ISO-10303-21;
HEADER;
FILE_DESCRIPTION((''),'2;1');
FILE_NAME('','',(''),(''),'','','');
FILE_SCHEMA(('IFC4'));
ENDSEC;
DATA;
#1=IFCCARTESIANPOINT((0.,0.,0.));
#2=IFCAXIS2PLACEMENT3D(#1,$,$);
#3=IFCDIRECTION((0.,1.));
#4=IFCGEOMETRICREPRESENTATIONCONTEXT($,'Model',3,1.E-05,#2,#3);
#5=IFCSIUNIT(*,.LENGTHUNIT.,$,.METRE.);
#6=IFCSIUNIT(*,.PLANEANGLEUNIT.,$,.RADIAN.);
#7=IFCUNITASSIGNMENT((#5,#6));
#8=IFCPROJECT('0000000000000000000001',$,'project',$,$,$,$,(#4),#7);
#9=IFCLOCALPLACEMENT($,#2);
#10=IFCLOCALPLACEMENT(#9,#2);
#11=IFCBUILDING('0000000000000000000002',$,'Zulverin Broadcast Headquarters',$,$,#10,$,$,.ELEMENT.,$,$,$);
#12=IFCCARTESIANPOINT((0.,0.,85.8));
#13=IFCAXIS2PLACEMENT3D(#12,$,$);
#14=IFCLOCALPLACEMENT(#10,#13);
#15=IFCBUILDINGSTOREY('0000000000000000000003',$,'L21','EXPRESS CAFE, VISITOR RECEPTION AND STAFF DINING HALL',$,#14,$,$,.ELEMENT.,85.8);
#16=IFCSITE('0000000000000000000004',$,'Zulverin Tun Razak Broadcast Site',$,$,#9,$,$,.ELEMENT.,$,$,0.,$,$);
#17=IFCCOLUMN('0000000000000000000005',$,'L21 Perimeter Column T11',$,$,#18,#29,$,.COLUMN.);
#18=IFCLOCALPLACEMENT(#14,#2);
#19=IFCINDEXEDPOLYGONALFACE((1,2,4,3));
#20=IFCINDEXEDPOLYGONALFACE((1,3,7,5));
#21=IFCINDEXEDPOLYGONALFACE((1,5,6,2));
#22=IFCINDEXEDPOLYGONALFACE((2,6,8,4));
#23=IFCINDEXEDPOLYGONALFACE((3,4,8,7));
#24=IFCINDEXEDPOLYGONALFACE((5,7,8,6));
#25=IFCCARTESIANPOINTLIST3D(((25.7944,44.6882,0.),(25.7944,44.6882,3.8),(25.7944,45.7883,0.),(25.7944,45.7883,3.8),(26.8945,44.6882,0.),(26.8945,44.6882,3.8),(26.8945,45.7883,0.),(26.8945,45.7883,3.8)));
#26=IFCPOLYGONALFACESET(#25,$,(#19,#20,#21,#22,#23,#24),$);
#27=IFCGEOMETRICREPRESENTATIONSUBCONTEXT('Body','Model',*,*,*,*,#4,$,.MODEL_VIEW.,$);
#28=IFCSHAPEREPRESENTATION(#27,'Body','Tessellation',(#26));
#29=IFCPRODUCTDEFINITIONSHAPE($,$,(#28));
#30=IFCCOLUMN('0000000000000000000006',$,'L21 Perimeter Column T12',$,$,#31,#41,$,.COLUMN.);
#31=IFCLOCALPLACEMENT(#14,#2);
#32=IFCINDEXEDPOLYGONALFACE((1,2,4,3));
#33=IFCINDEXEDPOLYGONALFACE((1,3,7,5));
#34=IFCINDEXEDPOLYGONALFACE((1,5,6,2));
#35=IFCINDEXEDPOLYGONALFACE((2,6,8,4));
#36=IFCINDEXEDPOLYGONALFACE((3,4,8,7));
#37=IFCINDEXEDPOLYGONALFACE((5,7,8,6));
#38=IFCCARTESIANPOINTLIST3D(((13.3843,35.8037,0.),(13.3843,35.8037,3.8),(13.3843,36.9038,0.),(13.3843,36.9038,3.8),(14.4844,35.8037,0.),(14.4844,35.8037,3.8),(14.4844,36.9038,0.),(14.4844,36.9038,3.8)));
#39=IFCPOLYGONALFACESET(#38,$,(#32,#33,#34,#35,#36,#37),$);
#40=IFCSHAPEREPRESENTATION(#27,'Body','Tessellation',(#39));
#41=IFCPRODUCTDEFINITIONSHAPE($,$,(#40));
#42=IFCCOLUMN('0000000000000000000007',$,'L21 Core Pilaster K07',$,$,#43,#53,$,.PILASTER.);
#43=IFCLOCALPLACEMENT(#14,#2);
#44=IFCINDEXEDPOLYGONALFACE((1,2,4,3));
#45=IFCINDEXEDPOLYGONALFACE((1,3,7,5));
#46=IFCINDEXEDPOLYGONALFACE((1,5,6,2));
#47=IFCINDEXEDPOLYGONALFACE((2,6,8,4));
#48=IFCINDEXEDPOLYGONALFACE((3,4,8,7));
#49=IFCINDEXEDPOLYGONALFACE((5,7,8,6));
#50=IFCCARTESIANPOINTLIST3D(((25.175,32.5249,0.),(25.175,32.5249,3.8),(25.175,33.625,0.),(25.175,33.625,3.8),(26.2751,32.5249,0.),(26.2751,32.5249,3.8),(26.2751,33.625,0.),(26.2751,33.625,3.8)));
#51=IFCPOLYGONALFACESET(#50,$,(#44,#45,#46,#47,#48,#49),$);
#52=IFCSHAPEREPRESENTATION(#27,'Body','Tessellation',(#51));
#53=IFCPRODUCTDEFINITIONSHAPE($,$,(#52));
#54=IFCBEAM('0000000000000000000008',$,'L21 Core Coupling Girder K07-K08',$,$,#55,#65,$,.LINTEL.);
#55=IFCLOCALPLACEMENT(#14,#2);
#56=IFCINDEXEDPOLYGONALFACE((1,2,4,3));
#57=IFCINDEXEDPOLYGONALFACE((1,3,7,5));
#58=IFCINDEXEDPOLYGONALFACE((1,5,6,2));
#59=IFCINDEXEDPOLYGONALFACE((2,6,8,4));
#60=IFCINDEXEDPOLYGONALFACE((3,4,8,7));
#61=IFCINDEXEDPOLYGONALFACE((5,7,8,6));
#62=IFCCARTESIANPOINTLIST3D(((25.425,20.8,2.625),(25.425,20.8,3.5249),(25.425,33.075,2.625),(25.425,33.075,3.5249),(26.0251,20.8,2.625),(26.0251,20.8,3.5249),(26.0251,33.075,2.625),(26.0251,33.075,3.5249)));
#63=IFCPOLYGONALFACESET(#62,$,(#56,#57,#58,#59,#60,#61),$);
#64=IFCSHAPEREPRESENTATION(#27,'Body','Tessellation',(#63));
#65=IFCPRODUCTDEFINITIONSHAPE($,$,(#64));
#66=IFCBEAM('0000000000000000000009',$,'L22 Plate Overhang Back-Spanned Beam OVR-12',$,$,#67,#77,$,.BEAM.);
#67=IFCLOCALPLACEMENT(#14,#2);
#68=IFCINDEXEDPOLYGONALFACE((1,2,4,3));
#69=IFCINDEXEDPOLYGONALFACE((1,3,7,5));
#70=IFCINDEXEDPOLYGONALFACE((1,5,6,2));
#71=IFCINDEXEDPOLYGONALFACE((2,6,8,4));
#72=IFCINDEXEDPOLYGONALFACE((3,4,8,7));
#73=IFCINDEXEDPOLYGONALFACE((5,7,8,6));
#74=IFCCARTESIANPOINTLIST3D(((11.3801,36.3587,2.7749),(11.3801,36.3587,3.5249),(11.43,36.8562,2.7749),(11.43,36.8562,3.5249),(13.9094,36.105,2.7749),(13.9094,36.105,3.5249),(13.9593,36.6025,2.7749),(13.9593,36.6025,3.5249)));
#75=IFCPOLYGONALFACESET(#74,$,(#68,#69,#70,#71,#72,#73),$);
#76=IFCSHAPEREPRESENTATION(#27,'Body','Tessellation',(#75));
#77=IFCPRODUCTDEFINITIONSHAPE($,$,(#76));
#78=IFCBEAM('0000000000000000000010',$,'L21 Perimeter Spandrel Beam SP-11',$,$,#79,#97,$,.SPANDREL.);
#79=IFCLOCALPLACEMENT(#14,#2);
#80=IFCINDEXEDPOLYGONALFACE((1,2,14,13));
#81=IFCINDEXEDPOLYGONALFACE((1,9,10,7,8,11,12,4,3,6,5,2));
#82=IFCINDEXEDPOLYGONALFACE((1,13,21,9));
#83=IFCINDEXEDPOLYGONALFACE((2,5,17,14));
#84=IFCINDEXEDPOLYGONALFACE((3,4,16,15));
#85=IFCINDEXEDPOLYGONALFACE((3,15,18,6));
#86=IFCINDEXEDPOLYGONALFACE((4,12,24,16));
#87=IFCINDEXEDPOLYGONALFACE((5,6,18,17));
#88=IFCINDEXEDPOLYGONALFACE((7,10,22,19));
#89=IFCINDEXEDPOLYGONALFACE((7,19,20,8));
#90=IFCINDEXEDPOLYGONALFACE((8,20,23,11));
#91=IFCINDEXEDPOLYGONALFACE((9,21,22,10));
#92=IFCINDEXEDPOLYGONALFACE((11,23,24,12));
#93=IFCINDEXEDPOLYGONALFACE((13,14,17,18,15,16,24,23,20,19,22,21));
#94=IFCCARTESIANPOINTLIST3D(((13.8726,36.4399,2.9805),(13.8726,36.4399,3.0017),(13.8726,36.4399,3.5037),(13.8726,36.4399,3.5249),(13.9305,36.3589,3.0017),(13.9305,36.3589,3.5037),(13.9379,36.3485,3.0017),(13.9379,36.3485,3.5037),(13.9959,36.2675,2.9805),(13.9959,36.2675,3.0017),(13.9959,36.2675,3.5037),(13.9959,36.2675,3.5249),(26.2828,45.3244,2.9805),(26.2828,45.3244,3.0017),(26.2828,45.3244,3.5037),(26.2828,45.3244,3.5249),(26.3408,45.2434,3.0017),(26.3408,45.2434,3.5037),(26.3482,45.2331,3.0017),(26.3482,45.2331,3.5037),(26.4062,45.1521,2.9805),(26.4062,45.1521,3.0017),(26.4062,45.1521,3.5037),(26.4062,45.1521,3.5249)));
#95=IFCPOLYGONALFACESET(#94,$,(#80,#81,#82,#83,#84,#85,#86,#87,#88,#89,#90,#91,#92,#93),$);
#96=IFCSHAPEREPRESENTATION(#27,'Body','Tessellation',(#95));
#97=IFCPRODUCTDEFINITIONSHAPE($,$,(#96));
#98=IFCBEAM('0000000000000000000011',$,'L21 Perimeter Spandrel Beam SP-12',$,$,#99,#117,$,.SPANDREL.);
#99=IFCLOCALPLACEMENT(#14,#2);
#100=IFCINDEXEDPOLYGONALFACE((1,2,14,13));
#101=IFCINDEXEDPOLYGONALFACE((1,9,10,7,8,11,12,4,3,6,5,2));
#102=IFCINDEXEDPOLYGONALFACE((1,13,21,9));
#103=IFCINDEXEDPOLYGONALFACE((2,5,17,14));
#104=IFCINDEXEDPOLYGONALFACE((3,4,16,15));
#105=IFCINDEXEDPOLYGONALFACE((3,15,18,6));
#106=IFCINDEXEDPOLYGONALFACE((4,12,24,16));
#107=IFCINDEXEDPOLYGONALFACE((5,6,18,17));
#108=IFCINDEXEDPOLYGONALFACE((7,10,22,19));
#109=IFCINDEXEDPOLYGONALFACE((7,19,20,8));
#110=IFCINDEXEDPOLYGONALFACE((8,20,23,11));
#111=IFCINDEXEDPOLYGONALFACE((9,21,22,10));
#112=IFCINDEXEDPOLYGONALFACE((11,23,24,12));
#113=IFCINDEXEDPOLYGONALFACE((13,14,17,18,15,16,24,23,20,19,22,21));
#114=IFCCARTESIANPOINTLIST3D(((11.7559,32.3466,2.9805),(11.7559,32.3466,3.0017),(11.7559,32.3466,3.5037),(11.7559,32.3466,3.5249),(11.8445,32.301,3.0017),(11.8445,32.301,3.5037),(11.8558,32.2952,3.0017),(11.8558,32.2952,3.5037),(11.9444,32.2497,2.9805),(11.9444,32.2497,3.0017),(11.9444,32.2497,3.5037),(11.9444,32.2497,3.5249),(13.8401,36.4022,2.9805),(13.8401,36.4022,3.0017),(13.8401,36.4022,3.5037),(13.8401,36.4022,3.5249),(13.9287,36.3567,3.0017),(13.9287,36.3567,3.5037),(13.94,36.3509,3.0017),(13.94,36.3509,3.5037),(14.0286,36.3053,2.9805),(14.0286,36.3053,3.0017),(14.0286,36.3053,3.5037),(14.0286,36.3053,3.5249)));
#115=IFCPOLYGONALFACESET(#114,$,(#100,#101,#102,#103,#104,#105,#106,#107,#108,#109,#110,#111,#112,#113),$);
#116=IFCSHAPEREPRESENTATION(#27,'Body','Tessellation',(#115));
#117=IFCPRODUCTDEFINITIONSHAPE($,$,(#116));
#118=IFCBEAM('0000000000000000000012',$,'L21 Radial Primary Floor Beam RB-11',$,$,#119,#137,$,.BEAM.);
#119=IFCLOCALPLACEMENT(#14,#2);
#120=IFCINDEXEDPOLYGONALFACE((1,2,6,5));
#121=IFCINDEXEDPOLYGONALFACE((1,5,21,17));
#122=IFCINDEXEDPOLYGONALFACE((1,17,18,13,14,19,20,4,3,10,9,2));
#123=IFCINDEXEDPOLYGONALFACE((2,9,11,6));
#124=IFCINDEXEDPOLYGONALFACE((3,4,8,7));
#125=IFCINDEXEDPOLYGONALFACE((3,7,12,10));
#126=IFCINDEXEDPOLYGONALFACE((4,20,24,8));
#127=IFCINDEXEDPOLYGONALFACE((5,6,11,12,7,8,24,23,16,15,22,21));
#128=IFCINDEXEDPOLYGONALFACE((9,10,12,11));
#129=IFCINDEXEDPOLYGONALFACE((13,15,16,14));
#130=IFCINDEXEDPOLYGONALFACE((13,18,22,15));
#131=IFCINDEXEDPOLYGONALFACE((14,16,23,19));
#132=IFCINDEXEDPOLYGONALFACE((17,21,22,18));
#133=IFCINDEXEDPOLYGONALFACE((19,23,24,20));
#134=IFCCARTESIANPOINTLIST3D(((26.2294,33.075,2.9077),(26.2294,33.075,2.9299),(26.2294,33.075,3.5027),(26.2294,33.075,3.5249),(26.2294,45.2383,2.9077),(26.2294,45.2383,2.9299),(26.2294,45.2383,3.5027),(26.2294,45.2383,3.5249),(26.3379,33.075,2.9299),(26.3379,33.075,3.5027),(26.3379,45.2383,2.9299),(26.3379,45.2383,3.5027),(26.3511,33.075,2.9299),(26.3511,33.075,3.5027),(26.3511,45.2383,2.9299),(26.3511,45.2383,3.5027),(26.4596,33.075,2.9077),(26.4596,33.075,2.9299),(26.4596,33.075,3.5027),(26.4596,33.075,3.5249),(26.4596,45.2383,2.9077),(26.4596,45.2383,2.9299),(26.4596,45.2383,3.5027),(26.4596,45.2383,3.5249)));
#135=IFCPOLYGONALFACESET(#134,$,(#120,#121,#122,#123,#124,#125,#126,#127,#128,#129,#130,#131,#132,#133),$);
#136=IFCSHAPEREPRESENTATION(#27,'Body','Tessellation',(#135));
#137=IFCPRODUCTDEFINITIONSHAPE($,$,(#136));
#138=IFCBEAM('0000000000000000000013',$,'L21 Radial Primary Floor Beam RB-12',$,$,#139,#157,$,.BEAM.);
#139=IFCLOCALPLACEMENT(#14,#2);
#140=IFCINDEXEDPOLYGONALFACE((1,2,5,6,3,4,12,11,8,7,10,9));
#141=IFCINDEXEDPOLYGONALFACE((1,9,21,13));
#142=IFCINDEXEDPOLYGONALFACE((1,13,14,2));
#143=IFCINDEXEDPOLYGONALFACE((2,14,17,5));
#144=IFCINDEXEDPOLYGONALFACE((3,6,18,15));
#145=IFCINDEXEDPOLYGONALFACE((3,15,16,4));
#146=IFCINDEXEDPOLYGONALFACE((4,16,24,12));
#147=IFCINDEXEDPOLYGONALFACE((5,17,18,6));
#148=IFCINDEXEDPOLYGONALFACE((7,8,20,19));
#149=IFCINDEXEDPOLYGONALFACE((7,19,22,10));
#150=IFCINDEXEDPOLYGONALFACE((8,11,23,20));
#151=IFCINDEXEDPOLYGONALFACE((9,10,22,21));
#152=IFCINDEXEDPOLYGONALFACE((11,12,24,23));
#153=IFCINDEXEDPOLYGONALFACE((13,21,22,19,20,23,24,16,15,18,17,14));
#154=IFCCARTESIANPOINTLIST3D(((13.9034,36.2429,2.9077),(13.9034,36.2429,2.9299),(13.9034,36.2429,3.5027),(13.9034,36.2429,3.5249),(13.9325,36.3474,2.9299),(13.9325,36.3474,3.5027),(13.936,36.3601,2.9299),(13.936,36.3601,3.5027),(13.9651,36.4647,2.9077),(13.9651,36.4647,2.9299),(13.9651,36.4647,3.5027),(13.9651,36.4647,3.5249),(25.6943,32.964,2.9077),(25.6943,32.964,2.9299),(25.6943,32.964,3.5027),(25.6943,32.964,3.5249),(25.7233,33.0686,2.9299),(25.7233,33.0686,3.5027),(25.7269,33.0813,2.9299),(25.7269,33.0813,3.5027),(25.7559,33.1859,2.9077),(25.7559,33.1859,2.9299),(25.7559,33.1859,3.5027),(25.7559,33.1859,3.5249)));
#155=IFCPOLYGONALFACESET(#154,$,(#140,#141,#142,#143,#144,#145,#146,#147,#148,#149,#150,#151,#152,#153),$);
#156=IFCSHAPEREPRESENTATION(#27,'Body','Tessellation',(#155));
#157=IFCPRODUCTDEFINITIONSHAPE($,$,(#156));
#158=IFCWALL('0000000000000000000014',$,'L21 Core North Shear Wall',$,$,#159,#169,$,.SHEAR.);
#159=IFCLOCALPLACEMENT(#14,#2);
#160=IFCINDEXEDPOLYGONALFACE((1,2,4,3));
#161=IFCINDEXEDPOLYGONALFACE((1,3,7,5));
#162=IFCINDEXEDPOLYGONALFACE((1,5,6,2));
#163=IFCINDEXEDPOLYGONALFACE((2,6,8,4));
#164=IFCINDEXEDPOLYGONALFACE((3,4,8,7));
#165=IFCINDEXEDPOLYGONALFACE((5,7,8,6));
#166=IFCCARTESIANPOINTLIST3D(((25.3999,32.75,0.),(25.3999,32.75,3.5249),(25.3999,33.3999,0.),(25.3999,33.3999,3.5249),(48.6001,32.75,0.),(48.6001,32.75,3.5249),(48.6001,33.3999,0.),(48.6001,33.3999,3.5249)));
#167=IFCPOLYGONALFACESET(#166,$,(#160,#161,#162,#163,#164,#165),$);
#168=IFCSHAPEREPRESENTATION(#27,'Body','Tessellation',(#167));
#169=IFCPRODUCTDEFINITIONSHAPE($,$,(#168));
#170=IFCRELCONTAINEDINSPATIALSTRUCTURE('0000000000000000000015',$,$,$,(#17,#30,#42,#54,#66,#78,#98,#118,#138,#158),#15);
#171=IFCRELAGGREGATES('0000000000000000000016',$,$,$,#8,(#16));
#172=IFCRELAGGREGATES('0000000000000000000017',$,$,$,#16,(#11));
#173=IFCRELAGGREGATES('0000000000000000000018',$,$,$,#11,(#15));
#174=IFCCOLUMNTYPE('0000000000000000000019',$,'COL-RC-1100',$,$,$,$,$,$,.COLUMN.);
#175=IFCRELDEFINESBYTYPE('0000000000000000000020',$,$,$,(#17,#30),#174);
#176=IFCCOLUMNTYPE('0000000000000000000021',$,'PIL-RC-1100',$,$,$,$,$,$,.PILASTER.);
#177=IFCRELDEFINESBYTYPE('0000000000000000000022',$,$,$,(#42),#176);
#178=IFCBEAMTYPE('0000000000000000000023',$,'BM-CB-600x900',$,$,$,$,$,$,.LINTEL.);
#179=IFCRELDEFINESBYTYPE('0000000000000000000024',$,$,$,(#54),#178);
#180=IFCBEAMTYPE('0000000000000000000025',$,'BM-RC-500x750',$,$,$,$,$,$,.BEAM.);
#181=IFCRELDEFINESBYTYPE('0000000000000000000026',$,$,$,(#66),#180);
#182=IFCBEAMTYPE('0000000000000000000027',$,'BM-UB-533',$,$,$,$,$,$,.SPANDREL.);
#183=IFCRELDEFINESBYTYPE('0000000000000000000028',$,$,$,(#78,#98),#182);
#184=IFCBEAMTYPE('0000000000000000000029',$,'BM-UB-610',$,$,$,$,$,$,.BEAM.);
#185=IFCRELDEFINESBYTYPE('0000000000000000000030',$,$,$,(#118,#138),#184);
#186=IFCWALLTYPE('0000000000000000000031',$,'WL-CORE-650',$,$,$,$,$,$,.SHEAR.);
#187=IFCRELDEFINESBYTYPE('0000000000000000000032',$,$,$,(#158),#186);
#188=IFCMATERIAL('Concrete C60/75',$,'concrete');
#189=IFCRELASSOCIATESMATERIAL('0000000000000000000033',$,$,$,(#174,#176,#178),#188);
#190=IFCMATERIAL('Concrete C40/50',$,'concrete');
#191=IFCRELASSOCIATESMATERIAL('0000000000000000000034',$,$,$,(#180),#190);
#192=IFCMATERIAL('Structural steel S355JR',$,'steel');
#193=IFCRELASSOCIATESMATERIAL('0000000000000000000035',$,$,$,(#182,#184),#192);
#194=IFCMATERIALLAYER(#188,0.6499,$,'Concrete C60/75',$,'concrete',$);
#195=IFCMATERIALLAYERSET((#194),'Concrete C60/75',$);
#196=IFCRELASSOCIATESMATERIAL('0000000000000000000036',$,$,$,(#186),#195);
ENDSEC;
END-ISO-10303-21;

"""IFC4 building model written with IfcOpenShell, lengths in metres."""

from ifc_helpers import new_model, si_unit, direction, frame, frame_2d, origin, origin_2d, place, context, subcontext, project, spatial, rectangle, i_section, extrude, material, layer, layer_set, material_profile, profile_set, type_object, element, save


model = new_model("IFC4")

# Units and contexts
model_context = context("Model", 3, precision=1e-05, world=origin(), true_north=direction((0.0, 1.0)))
body_context = subcontext(model_context, "Body", "Model", "MODEL_VIEW")
ifc_project = project(units=[si_unit("LENGTHUNIT", "METRE"), si_unit("PLANEANGLEUNIT", "RADIAN")], contexts=[model_context])

# Site, building, storey
site_placement = place(None, origin())
site = spatial("IfcSite", under=ifc_project, at=site_placement, Name="Zulverin Tun Razak Broadcast Site", CompositionType="ELEMENT", RefElevation=0.0)
building_placement = place(site_placement, origin())
building = spatial("IfcBuilding", under=site, at=building_placement, Name="Zulverin Broadcast Headquarters", CompositionType="ELEMENT")
storey_placement = place(building_placement, frame((0.0, 0.0, 85.8)))
storey = spatial("IfcBuildingStorey", under=building, at=storey_placement, Name="L21", Description="EXPRESS CAFE, VISITOR RECEPTION AND STAFF DINING HALL", CompositionType="ELEMENT", Elevation=85.8)

# Columns
ifc_material_1 = material(Name="Concrete C60/75", Category="concrete")
ifc_material_profile_1 = material_profile(ifc_material_1, rectangle(XDim=1.1001, YDim=1.1001, at=origin_2d()), Name="Concrete C60/75", Category="concrete")
ifc_profile_set_1 = profile_set([ifc_material_profile_1], Name="Concrete C60/75")
column_type_1 = type_object("IfcColumnType", Name="COL-RC-1100", PredefinedType="COLUMN", material=ifc_profile_set_1)
for number, where, z_axis, x_axis, name in (
    (1, (26.3445, 45.2383, 0.0), (0.0, 0.0, 1.0), (1.0, 0.0, 0.0), "L21 Perimeter Column T11"),
    (2, (13.9343, 36.3538, 0.0), (0.0, 0.0, 1.0), (1.0, 0.0, 0.0), "L21 Perimeter Column T12"),
):
    element("IfcColumn", number, at=place(storey_placement, frame(where, z_axis=z_axis, x_axis=x_axis)), inside=storey, type_object=column_type_1, Name=name, PredefinedType="COLUMN", context=body_context, shape_type="SweptSolid", body=[
        extrude(rectangle(XDim=1.1001, YDim=1.1001, at=origin_2d()), origin(), (0.0, 0.0, 1.0), 3.8),
    ])
ifc_material_profile_2 = material_profile(ifc_material_1, rectangle(XDim=1.1001, YDim=1.1001, at=origin_2d()), Name="Concrete C60/75", Category="concrete")
ifc_profile_set_2 = profile_set([ifc_material_profile_2], Name="Concrete C60/75")
column_type_2 = type_object("IfcColumnType", Name="PIL-RC-1100", PredefinedType="PILASTER", material=ifc_profile_set_2)
column_placement = place(storey_placement, frame((25.7251, 33.075, 0.0), z_axis=(0.0, 0.0, 1.0), x_axis=(1.0, 0.0, 0.0)))
element("IfcColumn", 3, at=column_placement, inside=storey, type_object=column_type_2, Name="L21 Core Pilaster K07", PredefinedType="PILASTER", context=body_context, shape_type="SweptSolid", body=[
    extrude(rectangle(XDim=1.1001, YDim=1.1001, at=origin_2d()), origin(), (0.0, 0.0, 1.0), 3.8),
])

# Beams
ifc_material_profile_3 = material_profile(ifc_material_1, rectangle(XDim=0.6001, YDim=0.8999, at=origin_2d()), Name="Concrete C60/75", Category="concrete")
ifc_profile_set_3 = profile_set([ifc_material_profile_3], Name="Concrete C60/75")
beam_type_1 = type_object("IfcBeamType", Name="BM-CB-600x900", PredefinedType="LINTEL", material=ifc_profile_set_3)
beam_1_placement = place(storey_placement, frame((25.7251, 33.075, 3.075), z_axis=(0.0, -1.0, 0.0), x_axis=(1.0, 0.0, 0.0)))
element("IfcBeam", 4, at=beam_1_placement, inside=storey, type_object=beam_type_1, Name="L21 Core Coupling Girder K07-K08", PredefinedType="LINTEL", context=body_context, shape_type="SweptSolid", body=[
    extrude(rectangle(XDim=0.6001, YDim=0.8999, at=origin_2d()), origin(), (0.0, 0.0, 1.0), 12.2749),
])
ifc_material_2 = material(Name="Concrete C40/50", Category="concrete")
ifc_material_profile_4 = material_profile(ifc_material_2, rectangle(XDim=0.5, YDim=0.75, at=origin_2d()), Name="Concrete C40/50", Category="concrete")
ifc_profile_set_4 = profile_set([ifc_material_profile_4], Name="Concrete C40/50")
beam_type_2 = type_object("IfcBeamType", Name="BM-RC-500x750", PredefinedType="BEAM", material=ifc_profile_set_4)
beam_2_placement = place(storey_placement, frame((13.9343, 36.3538, 3.1499), z_axis=(-0.995009, 0.099789, 0.0), x_axis=(-0.099789, -0.995009, 0.0)))
element("IfcBeam", 5, at=beam_2_placement, inside=storey, type_object=beam_type_2, Name="L22 Plate Overhang Back-Spanned Beam OVR-12", PredefinedType="BEAM", context=body_context, shape_type="SweptSolid", body=[
    extrude(rectangle(XDim=0.5, YDim=0.75, at=origin_2d()), origin(), (0.0, 0.0, 1.0), 2.542),
])
ifc_material_3 = material(Name="Structural steel S355JR", Category="steel")
ifc_material_profile_5 = material_profile(ifc_material_3, i_section(OverallWidth=0.2119, OverallDepth=0.5444, WebThickness=0.0127, FlangeThickness=0.0212, at=origin_2d()), Name="Structural steel S355JR", Category="steel")
ifc_profile_set_5 = profile_set([ifc_material_profile_5], Name="Structural steel S355JR")
beam_type_3 = type_object("IfcBeamType", Name="BM-UB-533", PredefinedType="SPANDREL", material=ifc_profile_set_5)
beam_3_placement = place(storey_placement, frame((26.3445, 45.2383, 3.2527), z_axis=(-0.813109, -0.582111, 0.0), x_axis=(0.582111, -0.813109, 0.0)))
element("IfcBeam", 6, at=beam_3_placement, inside=storey, type_object=beam_type_3, Name="L21 Perimeter Spandrel Beam SP-11", PredefinedType="SPANDREL", context=body_context, shape_type="SweptSolid", body=[
    extrude(i_section(OverallWidth=0.2119, OverallDepth=0.5444, WebThickness=0.0127, FlangeThickness=0.0212, at=origin_2d()), origin(), (0.0, 0.0, 1.0), 15.2627),
])
beam_4_placement = place(storey_placement, frame((13.9343, 36.3538, 3.2527), z_axis=(-0.457081, -0.889425, 0.0), x_axis=(0.889425, -0.457081, 0.0)))
element("IfcBeam", 7, at=beam_4_placement, inside=storey, type_object=beam_type_3, Name="L21 Perimeter Spandrel Beam SP-12", PredefinedType="SPANDREL", context=body_context, shape_type="SweptSolid", body=[
    extrude(i_section(OverallWidth=0.2119, OverallDepth=0.5444, WebThickness=0.0127, FlangeThickness=0.0212, at=origin_2d()), origin(), (0.0, 0.0, 1.0), 4.5598),
])
ifc_material_profile_6 = material_profile(ifc_material_3, i_section(OverallWidth=0.2302, OverallDepth=0.6172, WebThickness=0.0132, FlangeThickness=0.0222, at=origin_2d()), Name="Structural steel S355JR", Category="steel")
ifc_profile_set_6 = profile_set([ifc_material_profile_6], Name="Structural steel S355JR")
beam_type_4 = type_object("IfcBeamType", Name="BM-UB-610", PredefinedType="BEAM", material=ifc_profile_set_6)
beam_5_placement = place(storey_placement, frame((26.3445, 33.075, 3.2163), z_axis=(0.0, 1.0, 0.0), x_axis=(-1.0, 0.0, 0.0)))
element("IfcBeam", 8, at=beam_5_placement, inside=storey, type_object=beam_type_4, Name="L21 Radial Primary Floor Beam RB-11", PredefinedType="BEAM", context=body_context, shape_type="SweptSolid", body=[
    extrude(i_section(OverallWidth=0.2302, OverallDepth=0.6172, WebThickness=0.0132, FlangeThickness=0.0222, at=origin_2d()), origin(), (0.0, 0.0, 1.0), 12.1633),
])
beam_6_placement = place(storey_placement, frame((25.7251, 33.075, 3.2163), z_axis=(-0.963442, 0.267917, 0.0), x_axis=(-0.267917, -0.963442, 0.0)))
element("IfcBeam", 9, at=beam_6_placement, inside=storey, type_object=beam_type_4, Name="L21 Radial Primary Floor Beam RB-12", PredefinedType="BEAM", context=body_context, shape_type="SweptSolid", body=[
    extrude(i_section(OverallWidth=0.2302, OverallDepth=0.6172, WebThickness=0.0132, FlangeThickness=0.0222, at=origin_2d()), origin(), (0.0, 0.0, 1.0), 12.2383),
])

# Wall
ifc_layer_1 = layer(ifc_material_1, 0.6499, Name="Concrete C60/75", Category="concrete")
ifc_layer_set_1 = layer_set([ifc_layer_1], Name="Concrete C60/75")
wall_type_1 = type_object("IfcWallType", Name="WL-CORE-650", PredefinedType="SHEAR", material=ifc_layer_set_1)
wall_1_placement = place(storey_placement, frame((25.3999, 33.075, 0.0), z_axis=(0.0, 0.0, 1.0), x_axis=(1.0, 0.0, 0.0)))
element("IfcWall", 10, at=wall_1_placement, inside=storey, type_object=wall_type_1, Name="L21 Core North Shear Wall", PredefinedType="SHEAR", context=body_context, shape_type="SweptSolid", body=[
    extrude(rectangle(XDim=23.2002, YDim=0.6499, at=frame_2d((11.6001, 0.0))), origin(), (0.0, 0.0, 1.0), 3.5249),
])

save(model, "model.ifc")
